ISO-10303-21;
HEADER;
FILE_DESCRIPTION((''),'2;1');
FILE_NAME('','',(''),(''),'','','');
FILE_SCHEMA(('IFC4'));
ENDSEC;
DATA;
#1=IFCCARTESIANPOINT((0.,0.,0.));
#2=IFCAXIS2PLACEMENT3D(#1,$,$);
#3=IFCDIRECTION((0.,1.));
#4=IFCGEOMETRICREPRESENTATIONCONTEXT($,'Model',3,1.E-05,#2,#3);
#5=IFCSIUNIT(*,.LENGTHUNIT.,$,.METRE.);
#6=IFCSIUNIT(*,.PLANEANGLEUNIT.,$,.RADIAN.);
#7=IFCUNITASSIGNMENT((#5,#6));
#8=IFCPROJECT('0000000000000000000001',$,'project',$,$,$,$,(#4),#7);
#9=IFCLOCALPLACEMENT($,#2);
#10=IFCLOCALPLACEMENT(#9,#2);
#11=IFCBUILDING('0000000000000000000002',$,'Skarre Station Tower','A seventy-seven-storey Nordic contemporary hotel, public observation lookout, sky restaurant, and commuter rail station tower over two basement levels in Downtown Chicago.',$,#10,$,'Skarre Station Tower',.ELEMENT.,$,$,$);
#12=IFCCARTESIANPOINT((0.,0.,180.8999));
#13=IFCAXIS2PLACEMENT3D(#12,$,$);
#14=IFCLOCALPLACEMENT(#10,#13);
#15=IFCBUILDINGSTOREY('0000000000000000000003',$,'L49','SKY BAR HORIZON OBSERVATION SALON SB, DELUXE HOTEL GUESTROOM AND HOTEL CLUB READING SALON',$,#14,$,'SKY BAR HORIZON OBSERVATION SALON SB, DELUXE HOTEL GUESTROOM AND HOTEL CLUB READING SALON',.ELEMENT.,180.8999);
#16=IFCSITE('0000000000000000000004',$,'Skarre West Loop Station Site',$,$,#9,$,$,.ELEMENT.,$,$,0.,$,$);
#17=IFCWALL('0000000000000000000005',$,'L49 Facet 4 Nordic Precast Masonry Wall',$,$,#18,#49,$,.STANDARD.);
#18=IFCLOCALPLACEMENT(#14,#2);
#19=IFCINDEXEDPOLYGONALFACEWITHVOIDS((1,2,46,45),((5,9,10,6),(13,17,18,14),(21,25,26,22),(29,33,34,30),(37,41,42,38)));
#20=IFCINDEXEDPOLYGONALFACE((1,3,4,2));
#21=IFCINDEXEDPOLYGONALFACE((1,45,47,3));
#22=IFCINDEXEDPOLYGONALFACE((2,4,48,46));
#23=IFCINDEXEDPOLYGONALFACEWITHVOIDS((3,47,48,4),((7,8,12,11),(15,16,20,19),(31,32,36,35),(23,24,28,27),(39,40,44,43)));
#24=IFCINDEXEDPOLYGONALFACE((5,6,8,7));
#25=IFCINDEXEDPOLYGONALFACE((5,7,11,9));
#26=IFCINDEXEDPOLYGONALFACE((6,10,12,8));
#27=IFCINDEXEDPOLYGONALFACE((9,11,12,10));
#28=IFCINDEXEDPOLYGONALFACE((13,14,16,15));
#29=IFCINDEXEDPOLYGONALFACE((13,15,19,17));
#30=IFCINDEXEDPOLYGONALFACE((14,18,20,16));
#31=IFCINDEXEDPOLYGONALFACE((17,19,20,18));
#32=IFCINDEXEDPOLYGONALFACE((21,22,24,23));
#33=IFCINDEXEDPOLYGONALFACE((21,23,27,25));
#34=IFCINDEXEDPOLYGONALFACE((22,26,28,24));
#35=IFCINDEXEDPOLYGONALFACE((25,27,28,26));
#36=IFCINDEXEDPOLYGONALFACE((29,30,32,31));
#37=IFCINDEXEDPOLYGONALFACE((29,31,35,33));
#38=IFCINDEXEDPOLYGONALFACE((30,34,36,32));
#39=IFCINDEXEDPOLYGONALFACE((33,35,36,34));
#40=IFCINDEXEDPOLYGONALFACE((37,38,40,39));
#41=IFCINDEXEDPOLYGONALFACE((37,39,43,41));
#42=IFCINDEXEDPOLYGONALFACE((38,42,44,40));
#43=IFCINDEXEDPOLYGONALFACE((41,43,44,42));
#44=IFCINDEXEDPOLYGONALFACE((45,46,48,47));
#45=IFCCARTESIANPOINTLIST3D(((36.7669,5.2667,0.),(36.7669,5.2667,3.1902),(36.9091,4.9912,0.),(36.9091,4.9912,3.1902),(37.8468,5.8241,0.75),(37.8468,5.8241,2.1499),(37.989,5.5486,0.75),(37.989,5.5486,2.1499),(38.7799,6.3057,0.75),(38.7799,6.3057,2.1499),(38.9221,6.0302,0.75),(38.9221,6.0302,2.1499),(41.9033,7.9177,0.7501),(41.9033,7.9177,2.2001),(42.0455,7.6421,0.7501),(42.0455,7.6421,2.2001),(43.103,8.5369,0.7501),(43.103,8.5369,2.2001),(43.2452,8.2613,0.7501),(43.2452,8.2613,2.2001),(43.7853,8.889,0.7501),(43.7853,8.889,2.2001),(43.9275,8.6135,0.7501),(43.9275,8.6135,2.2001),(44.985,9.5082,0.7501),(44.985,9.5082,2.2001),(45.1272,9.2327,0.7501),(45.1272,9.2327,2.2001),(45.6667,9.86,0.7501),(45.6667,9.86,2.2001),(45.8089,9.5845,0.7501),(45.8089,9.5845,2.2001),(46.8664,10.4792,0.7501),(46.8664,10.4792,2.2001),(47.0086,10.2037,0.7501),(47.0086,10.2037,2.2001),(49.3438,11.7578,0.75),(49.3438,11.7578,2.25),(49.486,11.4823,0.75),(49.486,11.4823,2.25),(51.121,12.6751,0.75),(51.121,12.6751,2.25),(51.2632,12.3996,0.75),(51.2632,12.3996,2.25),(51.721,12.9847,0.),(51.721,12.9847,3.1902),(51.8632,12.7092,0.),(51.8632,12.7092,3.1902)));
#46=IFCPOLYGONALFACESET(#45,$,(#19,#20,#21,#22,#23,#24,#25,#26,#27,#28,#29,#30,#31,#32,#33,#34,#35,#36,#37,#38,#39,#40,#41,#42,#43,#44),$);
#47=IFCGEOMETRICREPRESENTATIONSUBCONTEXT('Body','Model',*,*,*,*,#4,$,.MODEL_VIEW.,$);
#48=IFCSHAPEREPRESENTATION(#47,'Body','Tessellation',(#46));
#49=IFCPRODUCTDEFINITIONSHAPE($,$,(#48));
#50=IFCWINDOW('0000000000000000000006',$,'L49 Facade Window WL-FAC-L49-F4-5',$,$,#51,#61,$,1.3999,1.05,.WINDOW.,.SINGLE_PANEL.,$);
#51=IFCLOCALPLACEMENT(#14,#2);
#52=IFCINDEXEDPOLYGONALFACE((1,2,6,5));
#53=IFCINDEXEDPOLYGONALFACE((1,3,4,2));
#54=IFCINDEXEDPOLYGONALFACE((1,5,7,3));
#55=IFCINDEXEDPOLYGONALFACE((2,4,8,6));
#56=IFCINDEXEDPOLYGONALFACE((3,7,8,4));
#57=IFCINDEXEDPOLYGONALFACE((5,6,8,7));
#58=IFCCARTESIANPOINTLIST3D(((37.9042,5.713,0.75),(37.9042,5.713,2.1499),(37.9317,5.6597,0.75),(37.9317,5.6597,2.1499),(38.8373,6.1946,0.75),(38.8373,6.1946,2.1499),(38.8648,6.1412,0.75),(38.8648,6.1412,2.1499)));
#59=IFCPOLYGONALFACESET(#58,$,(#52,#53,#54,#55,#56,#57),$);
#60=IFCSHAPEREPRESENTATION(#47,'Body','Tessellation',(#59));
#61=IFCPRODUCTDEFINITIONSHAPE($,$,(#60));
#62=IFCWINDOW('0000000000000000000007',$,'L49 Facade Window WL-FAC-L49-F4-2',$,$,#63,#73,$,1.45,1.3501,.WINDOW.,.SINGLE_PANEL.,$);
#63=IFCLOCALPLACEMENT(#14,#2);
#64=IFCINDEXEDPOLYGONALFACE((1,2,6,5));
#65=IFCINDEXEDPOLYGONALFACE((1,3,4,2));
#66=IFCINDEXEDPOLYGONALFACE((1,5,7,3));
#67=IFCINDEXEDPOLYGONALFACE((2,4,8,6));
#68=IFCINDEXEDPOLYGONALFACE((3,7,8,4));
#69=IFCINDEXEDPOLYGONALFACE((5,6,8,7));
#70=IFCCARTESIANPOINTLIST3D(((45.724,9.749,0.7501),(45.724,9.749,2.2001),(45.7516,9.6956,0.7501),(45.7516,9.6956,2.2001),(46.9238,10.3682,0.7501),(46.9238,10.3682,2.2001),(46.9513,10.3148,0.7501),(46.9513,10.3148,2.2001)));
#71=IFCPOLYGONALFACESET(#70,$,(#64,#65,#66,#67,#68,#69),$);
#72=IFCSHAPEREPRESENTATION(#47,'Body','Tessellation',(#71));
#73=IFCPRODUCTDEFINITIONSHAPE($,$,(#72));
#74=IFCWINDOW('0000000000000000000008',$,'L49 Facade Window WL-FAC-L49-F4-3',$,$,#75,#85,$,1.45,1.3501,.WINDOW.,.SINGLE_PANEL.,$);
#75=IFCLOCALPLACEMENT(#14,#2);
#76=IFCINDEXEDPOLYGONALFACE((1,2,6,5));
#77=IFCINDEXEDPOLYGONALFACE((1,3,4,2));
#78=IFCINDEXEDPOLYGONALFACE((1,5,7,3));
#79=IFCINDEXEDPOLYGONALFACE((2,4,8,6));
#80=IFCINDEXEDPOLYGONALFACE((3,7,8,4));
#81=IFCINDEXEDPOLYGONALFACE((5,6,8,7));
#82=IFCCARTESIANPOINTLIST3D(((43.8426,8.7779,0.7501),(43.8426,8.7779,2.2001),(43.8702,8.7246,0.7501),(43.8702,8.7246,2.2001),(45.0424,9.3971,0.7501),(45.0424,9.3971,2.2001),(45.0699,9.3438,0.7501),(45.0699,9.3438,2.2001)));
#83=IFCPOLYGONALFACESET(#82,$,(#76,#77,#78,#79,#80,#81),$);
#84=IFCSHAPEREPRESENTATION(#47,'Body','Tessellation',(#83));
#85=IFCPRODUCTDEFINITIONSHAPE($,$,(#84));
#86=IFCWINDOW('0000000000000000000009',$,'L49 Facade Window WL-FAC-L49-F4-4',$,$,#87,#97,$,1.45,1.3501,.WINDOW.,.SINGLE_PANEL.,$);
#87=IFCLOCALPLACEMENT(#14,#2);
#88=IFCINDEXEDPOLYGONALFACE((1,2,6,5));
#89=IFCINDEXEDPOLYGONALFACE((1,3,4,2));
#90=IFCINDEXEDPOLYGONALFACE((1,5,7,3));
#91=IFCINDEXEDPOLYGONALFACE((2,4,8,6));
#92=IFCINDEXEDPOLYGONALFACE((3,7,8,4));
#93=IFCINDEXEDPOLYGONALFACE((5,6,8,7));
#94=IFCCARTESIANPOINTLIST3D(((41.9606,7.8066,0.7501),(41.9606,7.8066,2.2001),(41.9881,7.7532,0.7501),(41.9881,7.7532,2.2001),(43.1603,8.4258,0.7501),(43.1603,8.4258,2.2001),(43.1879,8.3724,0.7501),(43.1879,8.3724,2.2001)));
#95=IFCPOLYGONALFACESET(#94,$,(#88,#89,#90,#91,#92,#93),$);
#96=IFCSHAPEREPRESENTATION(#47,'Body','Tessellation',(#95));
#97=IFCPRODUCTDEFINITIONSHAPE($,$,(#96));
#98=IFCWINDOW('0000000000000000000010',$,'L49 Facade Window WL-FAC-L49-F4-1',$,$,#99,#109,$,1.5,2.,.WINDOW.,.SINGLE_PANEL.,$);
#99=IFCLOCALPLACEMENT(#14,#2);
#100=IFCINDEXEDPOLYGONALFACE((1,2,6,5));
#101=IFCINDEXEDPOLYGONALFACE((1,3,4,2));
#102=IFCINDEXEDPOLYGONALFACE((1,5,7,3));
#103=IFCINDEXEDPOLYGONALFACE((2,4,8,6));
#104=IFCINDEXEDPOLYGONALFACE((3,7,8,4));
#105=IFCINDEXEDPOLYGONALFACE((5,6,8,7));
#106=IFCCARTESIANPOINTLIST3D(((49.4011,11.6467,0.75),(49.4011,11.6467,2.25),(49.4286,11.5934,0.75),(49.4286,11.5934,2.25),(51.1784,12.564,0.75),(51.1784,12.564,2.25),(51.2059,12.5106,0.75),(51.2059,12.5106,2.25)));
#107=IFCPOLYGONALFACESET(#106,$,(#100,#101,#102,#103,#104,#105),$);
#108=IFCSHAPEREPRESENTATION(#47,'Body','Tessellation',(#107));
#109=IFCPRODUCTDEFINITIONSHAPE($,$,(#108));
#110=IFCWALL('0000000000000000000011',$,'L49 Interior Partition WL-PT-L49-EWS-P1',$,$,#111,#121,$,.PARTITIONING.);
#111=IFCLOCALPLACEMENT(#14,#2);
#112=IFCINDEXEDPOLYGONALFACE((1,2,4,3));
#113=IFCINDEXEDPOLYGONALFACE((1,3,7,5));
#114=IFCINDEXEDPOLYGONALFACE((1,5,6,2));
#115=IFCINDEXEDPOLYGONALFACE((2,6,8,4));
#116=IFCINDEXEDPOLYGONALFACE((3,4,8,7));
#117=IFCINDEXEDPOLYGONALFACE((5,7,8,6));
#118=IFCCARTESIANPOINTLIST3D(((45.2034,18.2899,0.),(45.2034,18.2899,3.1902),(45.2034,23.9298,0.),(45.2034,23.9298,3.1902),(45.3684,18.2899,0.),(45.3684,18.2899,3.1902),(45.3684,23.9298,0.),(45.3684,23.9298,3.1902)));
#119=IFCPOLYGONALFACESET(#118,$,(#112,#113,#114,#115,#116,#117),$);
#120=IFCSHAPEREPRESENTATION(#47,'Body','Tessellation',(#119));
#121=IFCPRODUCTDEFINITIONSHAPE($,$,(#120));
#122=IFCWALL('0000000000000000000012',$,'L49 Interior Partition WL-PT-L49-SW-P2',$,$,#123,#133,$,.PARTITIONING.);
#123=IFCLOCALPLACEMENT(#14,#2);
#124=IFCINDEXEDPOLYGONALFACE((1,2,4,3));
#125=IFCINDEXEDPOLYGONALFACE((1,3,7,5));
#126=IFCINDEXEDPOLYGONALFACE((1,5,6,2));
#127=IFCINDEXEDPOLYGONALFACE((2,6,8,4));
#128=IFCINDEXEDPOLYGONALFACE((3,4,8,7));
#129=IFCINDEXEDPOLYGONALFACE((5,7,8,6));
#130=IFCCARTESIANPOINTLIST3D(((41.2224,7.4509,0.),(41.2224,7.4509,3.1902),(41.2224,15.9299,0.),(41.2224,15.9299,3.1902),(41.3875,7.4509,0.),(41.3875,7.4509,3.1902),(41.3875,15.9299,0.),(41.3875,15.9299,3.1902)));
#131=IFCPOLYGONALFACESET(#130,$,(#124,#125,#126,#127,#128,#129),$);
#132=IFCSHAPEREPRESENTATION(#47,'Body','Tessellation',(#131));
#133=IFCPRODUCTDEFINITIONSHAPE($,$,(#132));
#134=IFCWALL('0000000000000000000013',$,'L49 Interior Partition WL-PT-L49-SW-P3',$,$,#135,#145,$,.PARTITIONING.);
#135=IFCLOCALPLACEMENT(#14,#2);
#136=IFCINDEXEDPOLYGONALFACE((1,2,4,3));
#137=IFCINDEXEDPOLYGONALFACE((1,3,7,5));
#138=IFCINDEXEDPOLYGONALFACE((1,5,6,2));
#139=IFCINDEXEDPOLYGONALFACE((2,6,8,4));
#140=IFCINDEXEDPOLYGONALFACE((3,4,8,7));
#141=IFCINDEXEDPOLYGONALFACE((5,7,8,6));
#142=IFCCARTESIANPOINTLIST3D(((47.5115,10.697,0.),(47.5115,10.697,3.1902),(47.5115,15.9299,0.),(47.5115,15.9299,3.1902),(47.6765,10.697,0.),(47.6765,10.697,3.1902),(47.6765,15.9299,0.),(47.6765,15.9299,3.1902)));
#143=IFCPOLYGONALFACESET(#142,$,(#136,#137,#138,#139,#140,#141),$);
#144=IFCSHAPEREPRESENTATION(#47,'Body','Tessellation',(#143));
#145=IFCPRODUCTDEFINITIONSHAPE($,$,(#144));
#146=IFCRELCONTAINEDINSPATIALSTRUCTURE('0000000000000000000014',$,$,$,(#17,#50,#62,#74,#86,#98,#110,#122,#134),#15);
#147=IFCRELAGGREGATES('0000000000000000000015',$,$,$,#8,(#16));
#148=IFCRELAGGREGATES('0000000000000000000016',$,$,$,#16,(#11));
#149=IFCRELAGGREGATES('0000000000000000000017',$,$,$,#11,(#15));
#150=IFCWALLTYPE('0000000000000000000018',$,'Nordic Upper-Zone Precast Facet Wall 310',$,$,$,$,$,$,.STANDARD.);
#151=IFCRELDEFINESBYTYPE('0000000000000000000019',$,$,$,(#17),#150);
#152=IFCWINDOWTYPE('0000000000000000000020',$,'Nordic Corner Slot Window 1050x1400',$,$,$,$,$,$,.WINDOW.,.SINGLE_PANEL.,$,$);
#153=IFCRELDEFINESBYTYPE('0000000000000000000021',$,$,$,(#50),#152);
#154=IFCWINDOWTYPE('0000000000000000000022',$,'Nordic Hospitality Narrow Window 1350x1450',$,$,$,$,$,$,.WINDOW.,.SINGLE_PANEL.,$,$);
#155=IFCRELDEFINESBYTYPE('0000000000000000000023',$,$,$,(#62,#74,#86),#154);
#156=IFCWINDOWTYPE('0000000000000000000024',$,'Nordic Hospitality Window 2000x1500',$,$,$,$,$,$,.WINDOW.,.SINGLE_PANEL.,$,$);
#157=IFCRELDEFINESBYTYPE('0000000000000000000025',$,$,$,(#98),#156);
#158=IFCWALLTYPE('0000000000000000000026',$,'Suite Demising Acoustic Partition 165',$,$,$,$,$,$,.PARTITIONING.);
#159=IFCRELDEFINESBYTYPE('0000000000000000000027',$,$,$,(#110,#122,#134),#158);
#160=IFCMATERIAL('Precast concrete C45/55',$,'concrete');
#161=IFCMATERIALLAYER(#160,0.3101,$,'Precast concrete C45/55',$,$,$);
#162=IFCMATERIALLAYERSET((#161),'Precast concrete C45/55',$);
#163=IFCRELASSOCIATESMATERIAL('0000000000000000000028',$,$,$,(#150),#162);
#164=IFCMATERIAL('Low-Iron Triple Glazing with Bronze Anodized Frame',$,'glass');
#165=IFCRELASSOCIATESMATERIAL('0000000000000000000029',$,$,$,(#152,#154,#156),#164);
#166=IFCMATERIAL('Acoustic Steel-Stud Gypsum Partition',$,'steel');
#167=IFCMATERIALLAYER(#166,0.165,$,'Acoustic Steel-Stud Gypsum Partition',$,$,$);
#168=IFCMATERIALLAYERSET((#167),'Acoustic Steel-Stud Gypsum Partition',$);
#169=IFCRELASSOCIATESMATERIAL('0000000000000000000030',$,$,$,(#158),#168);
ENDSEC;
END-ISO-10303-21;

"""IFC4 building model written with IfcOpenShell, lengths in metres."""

from ifc_helpers import new_model, si_unit, direction, frame, frame_2d, origin, place, context, subcontext, project, spatial, rectangle, extrude, material, layer, layer_set, type_object, element, fill, save


model = new_model("IFC4")

# Units and contexts
model_context = context("Model", 3, precision=1e-05, world=origin(), true_north=direction((0.0, 1.0)))
body_context = subcontext(model_context, "Body", "Model", "MODEL_VIEW")
ifc_project = project(units=[si_unit("LENGTHUNIT", "METRE"), si_unit("PLANEANGLEUNIT", "RADIAN")], contexts=[model_context])

# Site, building, storey
site_placement = place(None, origin())
site = spatial("IfcSite", under=ifc_project, at=site_placement, Name="Skarre West Loop Station Site", CompositionType="ELEMENT", RefElevation=0.0)
building_placement = place(site_placement, origin())
building = spatial("IfcBuilding", under=site, at=building_placement, Name="Skarre Station Tower", Description="A seventy-seven-storey Nordic contemporary hotel, public observation lookout, sky restaurant, and commuter rail station tower over two basement levels in Downtown Chicago.", LongName="Skarre Station Tower", CompositionType="ELEMENT")
storey_placement = place(building_placement, frame((0.0, 0.0, 180.8999)))
storey = spatial("IfcBuildingStorey", under=building, at=storey_placement, Name="L49", Description="SKY BAR HORIZON OBSERVATION SALON SB, DELUXE HOTEL GUESTROOM AND HOTEL CLUB READING SALON", LongName="SKY BAR HORIZON OBSERVATION SALON SB, DELUXE HOTEL GUESTROOM AND HOTEL CLUB READING SALON", CompositionType="ELEMENT", Elevation=180.8999)

# Shared definitions
ifc_material_1 = material(Name="Acoustic Steel-Stud Gypsum Partition", Category="steel")

# Shared definitions
ifc_material_2 = material(Name="Precast concrete C45/55", Category="concrete")

# Wall, openings, windows
ifc_layer_1 = layer(ifc_material_2, 0.3101, Name="Precast concrete C45/55")
ifc_layer_set_1 = layer_set([ifc_layer_1], Name="Precast concrete C45/55")
wall_type_1 = type_object("IfcWallType", Name="Nordic Upper-Zone Precast Facet Wall 310", PredefinedType="STANDARD", material=ifc_layer_set_1)
wall_1_placement = place(storey_placement, frame((51.792, 12.8469, 0.0), z_axis=(0.0, 0.0, 1.0), x_axis=(-0.888626, -0.458632, 0.0)))
wall_1 = element("IfcWall", 1, at=wall_1_placement, inside=storey, type_object=wall_type_1, Name="L49 Facet 4 Nordic Precast Masonry Wall", PredefinedType="STANDARD", context=body_context, shape_type="SweptSolid", body=[
    extrude(rectangle(XDim=16.8284, YDim=0.3101, at=frame_2d((8.4141, 0.0))), origin(), (0.0, 0.0, 1.0), 3.1902),
])
opening_1_placement = place(wall_1_placement, frame((0.675, 0.0, 0.75)))
opening_1 = element("IfcOpeningElement", 2, at=opening_1_placement, cuts=wall_1, PredefinedType="OPENING", context=body_context, shape_type="SweptSolid", body=[
    extrude(rectangle(XDim=2.0, YDim=1.5, at=frame_2d((1.0, 0.75))), frame((0.0, 0.165, 0.0), z_axis=(0.0, -1.0, 0.0), x_axis=(1.0, 0.0, 0.0)), (0.0, 0.0, 1.0), 0.3301),
])
opening_2_placement = place(wall_1_placement, frame((5.4629, 0.0, 0.75)))
opening_2 = element("IfcOpeningElement", 3, at=opening_2_placement, cuts=wall_1, PredefinedType="OPENING", context=body_context, shape_type="SweptSolid", body=[
    extrude(rectangle(XDim=1.3501, YDim=1.45, at=frame_2d((0.675, 0.7251))), frame((0.0, 0.165, 0.0), z_axis=(0.0, -1.0, 0.0), x_axis=(1.0, 0.0, 0.0)), (0.0, 0.0, 1.0), 0.3301),
])
opening_3_placement = place(wall_1_placement, frame((7.5801, 0.0, 0.75)))
opening_3 = element("IfcOpeningElement", 4, at=opening_3_placement, cuts=wall_1, PredefinedType="OPENING", context=body_context, shape_type="SweptSolid", body=[
    extrude(rectangle(XDim=1.3501, YDim=1.45, at=frame_2d((0.675, 0.7251))), frame((0.0, 0.165, 0.0), z_axis=(0.0, -1.0, 0.0), x_axis=(1.0, 0.0, 0.0)), (0.0, 0.0, 1.0), 0.3301),
])
opening_4_placement = place(wall_1_placement, frame((9.698, 0.0, 0.75)))
opening_4 = element("IfcOpeningElement", 5, at=opening_4_placement, cuts=wall_1, PredefinedType="OPENING", context=body_context, shape_type="SweptSolid", body=[
    extrude(rectangle(XDim=1.3501, YDim=1.45, at=frame_2d((0.675, 0.7251))), frame((0.0, 0.165, 0.0), z_axis=(0.0, -1.0, 0.0), x_axis=(1.0, 0.0, 0.0)), (0.0, 0.0, 1.0), 0.3301),
])
opening_5_placement = place(wall_1_placement, frame((14.563, 0.0, 0.75)))
opening_5 = element("IfcOpeningElement", 6, at=opening_5_placement, cuts=wall_1, PredefinedType="OPENING", context=body_context, shape_type="SweptSolid", body=[
    extrude(rectangle(XDim=1.05, YDim=1.3999, at=frame_2d((0.5249, 0.7))), frame((0.0, 0.165, 0.0), z_axis=(0.0, -1.0, 0.0), x_axis=(1.0, 0.0, 0.0)), (0.0, 0.0, 1.0), 0.3301),
])
ifc_material_3 = material(Name="Low-Iron Triple Glazing with Bronze Anodized Frame", Category="glass")
window_type_1 = type_object("IfcWindowType", Name="Nordic Corner Slot Window 1050x1400", PartitioningType="SINGLE_PANEL", PredefinedType="WINDOW", material=ifc_material_3)
window_1_placement = place(opening_5_placement, origin())
window_1 = element("IfcWindow", 7, at=window_1_placement, inside=storey, type_object=window_type_1, Name="L49 Facade Window WL-FAC-L49-F4-5", OverallHeight=1.3999, OverallWidth=1.05, PartitioningType="SINGLE_PANEL", PredefinedType="WINDOW", context=body_context, shape_type="SweptSolid", body=[
    extrude(rectangle(XDim=1.05, YDim=1.3999, at=frame_2d((0.5249, 0.7))), frame((0.0, 0.03, 0.0), z_axis=(0.0, -1.0, 0.0), x_axis=(1.0, 0.0, 0.0)), (0.0, 0.0, 1.0), 0.0601),
])
fill(opening_5, window_1)
window_type_2 = type_object("IfcWindowType", Name="Nordic Hospitality Narrow Window 1350x1450", PartitioningType="SINGLE_PANEL", PredefinedType="WINDOW", material=ifc_material_3)
window_2_placement = place(opening_2_placement, origin())
window_2 = element("IfcWindow", 8, at=window_2_placement, inside=storey, type_object=window_type_2, Name="L49 Facade Window WL-FAC-L49-F4-2", OverallHeight=1.45, OverallWidth=1.3501, PartitioningType="SINGLE_PANEL", PredefinedType="WINDOW", context=body_context, shape_type="SweptSolid", body=[
    extrude(rectangle(XDim=1.3501, YDim=1.45, at=frame_2d((0.675, 0.7251))), frame((0.0, 0.03, 0.0), z_axis=(0.0, -1.0, 0.0), x_axis=(1.0, 0.0, 0.0)), (0.0, 0.0, 1.0), 0.0601),
])
fill(opening_2, window_2)
window_3_placement = place(opening_3_placement, origin())
window_3 = element("IfcWindow", 9, at=window_3_placement, inside=storey, type_object=window_type_2, Name="L49 Facade Window WL-FAC-L49-F4-3", OverallHeight=1.45, OverallWidth=1.3501, PartitioningType="SINGLE_PANEL", PredefinedType="WINDOW", context=body_context, shape_type="SweptSolid", body=[
    extrude(rectangle(XDim=1.3501, YDim=1.45, at=frame_2d((0.675, 0.7251))), frame((0.0, 0.03, 0.0), z_axis=(0.0, -1.0, 0.0), x_axis=(1.0, 0.0, 0.0)), (0.0, 0.0, 1.0), 0.0601),
])
fill(opening_3, window_3)
window_4_placement = place(opening_4_placement, origin())
window_4 = element("IfcWindow", 10, at=window_4_placement, inside=storey, type_object=window_type_2, Name="L49 Facade Window WL-FAC-L49-F4-4", OverallHeight=1.45, OverallWidth=1.3501, PartitioningType="SINGLE_PANEL", PredefinedType="WINDOW", context=body_context, shape_type="SweptSolid", body=[
    extrude(rectangle(XDim=1.3501, YDim=1.45, at=frame_2d((0.675, 0.7251))), frame((0.0, 0.03, 0.0), z_axis=(0.0, -1.0, 0.0), x_axis=(1.0, 0.0, 0.0)), (0.0, 0.0, 1.0), 0.0601),
])
fill(opening_4, window_4)
window_type_3 = type_object("IfcWindowType", Name="Nordic Hospitality Window 2000x1500", PartitioningType="SINGLE_PANEL", PredefinedType="WINDOW", material=ifc_material_3)
window_5_placement = place(opening_1_placement, origin())
window_5 = element("IfcWindow", 11, at=window_5_placement, inside=storey, type_object=window_type_3, Name="L49 Facade Window WL-FAC-L49-F4-1", OverallHeight=1.5, OverallWidth=2.0, PartitioningType="SINGLE_PANEL", PredefinedType="WINDOW", context=body_context, shape_type="SweptSolid", body=[
    extrude(rectangle(XDim=2.0, YDim=1.5, at=frame_2d((1.0, 0.75))), frame((0.0, 0.03, 0.0), z_axis=(0.0, -1.0, 0.0), x_axis=(1.0, 0.0, 0.0)), (0.0, 0.0, 1.0), 0.0601),
])
fill(opening_1, window_5)

# Walls
ifc_layer_2 = layer(ifc_material_1, 0.165, Name="Acoustic Steel-Stud Gypsum Partition")
ifc_layer_set_2 = layer_set([ifc_layer_2], Name="Acoustic Steel-Stud Gypsum Partition")
wall_type_2 = type_object("IfcWallType", Name="Suite Demising Acoustic Partition 165", PredefinedType="PARTITIONING", material=ifc_layer_set_2)
wall_2_placement = place(storey_placement, frame((45.2859, 18.29, 0.0), z_axis=(0.0, 0.0, 1.0), x_axis=(0.0, 1.0, 0.0)))
element("IfcWall", 12, at=wall_2_placement, inside=storey, type_object=wall_type_2, Name="L49 Interior Partition WL-PT-L49-EWS-P1", PredefinedType="PARTITIONING", context=body_context, shape_type="SweptSolid", body=[
    extrude(rectangle(XDim=5.6399, YDim=0.165, at=frame_2d((2.8198, 0.0))), origin(), (0.0, 0.0, 1.0), 3.1902),
])
wall_3_placement = place(storey_placement, frame((41.3049, 7.4509, 0.0), z_axis=(0.0, 0.0, 1.0), x_axis=(0.0, 1.0, 0.0)))
element("IfcWall", 13, at=wall_3_placement, inside=storey, type_object=wall_type_2, Name="L49 Interior Partition WL-PT-L49-SW-P2", PredefinedType="PARTITIONING", context=body_context, shape_type="SweptSolid", body=[
    extrude(rectangle(XDim=8.479, YDim=0.165, at=frame_2d((4.2395, 0.0))), origin(), (0.0, 0.0, 1.0), 3.1902),
])
wall_4_placement = place(storey_placement, frame((47.594, 10.697, 0.0), z_axis=(0.0, 0.0, 1.0), x_axis=(0.0, 1.0, 0.0)))
element("IfcWall", 14, at=wall_4_placement, inside=storey, type_object=wall_type_2, Name="L49 Interior Partition WL-PT-L49-SW-P3", PredefinedType="PARTITIONING", context=body_context, shape_type="SweptSolid", body=[
    extrude(rectangle(XDim=5.2329, YDim=0.165, at=frame_2d((2.6165, 0.0))), origin(), (0.0, 0.0, 1.0), 3.1902),
])

save(model, "model.ifc")
